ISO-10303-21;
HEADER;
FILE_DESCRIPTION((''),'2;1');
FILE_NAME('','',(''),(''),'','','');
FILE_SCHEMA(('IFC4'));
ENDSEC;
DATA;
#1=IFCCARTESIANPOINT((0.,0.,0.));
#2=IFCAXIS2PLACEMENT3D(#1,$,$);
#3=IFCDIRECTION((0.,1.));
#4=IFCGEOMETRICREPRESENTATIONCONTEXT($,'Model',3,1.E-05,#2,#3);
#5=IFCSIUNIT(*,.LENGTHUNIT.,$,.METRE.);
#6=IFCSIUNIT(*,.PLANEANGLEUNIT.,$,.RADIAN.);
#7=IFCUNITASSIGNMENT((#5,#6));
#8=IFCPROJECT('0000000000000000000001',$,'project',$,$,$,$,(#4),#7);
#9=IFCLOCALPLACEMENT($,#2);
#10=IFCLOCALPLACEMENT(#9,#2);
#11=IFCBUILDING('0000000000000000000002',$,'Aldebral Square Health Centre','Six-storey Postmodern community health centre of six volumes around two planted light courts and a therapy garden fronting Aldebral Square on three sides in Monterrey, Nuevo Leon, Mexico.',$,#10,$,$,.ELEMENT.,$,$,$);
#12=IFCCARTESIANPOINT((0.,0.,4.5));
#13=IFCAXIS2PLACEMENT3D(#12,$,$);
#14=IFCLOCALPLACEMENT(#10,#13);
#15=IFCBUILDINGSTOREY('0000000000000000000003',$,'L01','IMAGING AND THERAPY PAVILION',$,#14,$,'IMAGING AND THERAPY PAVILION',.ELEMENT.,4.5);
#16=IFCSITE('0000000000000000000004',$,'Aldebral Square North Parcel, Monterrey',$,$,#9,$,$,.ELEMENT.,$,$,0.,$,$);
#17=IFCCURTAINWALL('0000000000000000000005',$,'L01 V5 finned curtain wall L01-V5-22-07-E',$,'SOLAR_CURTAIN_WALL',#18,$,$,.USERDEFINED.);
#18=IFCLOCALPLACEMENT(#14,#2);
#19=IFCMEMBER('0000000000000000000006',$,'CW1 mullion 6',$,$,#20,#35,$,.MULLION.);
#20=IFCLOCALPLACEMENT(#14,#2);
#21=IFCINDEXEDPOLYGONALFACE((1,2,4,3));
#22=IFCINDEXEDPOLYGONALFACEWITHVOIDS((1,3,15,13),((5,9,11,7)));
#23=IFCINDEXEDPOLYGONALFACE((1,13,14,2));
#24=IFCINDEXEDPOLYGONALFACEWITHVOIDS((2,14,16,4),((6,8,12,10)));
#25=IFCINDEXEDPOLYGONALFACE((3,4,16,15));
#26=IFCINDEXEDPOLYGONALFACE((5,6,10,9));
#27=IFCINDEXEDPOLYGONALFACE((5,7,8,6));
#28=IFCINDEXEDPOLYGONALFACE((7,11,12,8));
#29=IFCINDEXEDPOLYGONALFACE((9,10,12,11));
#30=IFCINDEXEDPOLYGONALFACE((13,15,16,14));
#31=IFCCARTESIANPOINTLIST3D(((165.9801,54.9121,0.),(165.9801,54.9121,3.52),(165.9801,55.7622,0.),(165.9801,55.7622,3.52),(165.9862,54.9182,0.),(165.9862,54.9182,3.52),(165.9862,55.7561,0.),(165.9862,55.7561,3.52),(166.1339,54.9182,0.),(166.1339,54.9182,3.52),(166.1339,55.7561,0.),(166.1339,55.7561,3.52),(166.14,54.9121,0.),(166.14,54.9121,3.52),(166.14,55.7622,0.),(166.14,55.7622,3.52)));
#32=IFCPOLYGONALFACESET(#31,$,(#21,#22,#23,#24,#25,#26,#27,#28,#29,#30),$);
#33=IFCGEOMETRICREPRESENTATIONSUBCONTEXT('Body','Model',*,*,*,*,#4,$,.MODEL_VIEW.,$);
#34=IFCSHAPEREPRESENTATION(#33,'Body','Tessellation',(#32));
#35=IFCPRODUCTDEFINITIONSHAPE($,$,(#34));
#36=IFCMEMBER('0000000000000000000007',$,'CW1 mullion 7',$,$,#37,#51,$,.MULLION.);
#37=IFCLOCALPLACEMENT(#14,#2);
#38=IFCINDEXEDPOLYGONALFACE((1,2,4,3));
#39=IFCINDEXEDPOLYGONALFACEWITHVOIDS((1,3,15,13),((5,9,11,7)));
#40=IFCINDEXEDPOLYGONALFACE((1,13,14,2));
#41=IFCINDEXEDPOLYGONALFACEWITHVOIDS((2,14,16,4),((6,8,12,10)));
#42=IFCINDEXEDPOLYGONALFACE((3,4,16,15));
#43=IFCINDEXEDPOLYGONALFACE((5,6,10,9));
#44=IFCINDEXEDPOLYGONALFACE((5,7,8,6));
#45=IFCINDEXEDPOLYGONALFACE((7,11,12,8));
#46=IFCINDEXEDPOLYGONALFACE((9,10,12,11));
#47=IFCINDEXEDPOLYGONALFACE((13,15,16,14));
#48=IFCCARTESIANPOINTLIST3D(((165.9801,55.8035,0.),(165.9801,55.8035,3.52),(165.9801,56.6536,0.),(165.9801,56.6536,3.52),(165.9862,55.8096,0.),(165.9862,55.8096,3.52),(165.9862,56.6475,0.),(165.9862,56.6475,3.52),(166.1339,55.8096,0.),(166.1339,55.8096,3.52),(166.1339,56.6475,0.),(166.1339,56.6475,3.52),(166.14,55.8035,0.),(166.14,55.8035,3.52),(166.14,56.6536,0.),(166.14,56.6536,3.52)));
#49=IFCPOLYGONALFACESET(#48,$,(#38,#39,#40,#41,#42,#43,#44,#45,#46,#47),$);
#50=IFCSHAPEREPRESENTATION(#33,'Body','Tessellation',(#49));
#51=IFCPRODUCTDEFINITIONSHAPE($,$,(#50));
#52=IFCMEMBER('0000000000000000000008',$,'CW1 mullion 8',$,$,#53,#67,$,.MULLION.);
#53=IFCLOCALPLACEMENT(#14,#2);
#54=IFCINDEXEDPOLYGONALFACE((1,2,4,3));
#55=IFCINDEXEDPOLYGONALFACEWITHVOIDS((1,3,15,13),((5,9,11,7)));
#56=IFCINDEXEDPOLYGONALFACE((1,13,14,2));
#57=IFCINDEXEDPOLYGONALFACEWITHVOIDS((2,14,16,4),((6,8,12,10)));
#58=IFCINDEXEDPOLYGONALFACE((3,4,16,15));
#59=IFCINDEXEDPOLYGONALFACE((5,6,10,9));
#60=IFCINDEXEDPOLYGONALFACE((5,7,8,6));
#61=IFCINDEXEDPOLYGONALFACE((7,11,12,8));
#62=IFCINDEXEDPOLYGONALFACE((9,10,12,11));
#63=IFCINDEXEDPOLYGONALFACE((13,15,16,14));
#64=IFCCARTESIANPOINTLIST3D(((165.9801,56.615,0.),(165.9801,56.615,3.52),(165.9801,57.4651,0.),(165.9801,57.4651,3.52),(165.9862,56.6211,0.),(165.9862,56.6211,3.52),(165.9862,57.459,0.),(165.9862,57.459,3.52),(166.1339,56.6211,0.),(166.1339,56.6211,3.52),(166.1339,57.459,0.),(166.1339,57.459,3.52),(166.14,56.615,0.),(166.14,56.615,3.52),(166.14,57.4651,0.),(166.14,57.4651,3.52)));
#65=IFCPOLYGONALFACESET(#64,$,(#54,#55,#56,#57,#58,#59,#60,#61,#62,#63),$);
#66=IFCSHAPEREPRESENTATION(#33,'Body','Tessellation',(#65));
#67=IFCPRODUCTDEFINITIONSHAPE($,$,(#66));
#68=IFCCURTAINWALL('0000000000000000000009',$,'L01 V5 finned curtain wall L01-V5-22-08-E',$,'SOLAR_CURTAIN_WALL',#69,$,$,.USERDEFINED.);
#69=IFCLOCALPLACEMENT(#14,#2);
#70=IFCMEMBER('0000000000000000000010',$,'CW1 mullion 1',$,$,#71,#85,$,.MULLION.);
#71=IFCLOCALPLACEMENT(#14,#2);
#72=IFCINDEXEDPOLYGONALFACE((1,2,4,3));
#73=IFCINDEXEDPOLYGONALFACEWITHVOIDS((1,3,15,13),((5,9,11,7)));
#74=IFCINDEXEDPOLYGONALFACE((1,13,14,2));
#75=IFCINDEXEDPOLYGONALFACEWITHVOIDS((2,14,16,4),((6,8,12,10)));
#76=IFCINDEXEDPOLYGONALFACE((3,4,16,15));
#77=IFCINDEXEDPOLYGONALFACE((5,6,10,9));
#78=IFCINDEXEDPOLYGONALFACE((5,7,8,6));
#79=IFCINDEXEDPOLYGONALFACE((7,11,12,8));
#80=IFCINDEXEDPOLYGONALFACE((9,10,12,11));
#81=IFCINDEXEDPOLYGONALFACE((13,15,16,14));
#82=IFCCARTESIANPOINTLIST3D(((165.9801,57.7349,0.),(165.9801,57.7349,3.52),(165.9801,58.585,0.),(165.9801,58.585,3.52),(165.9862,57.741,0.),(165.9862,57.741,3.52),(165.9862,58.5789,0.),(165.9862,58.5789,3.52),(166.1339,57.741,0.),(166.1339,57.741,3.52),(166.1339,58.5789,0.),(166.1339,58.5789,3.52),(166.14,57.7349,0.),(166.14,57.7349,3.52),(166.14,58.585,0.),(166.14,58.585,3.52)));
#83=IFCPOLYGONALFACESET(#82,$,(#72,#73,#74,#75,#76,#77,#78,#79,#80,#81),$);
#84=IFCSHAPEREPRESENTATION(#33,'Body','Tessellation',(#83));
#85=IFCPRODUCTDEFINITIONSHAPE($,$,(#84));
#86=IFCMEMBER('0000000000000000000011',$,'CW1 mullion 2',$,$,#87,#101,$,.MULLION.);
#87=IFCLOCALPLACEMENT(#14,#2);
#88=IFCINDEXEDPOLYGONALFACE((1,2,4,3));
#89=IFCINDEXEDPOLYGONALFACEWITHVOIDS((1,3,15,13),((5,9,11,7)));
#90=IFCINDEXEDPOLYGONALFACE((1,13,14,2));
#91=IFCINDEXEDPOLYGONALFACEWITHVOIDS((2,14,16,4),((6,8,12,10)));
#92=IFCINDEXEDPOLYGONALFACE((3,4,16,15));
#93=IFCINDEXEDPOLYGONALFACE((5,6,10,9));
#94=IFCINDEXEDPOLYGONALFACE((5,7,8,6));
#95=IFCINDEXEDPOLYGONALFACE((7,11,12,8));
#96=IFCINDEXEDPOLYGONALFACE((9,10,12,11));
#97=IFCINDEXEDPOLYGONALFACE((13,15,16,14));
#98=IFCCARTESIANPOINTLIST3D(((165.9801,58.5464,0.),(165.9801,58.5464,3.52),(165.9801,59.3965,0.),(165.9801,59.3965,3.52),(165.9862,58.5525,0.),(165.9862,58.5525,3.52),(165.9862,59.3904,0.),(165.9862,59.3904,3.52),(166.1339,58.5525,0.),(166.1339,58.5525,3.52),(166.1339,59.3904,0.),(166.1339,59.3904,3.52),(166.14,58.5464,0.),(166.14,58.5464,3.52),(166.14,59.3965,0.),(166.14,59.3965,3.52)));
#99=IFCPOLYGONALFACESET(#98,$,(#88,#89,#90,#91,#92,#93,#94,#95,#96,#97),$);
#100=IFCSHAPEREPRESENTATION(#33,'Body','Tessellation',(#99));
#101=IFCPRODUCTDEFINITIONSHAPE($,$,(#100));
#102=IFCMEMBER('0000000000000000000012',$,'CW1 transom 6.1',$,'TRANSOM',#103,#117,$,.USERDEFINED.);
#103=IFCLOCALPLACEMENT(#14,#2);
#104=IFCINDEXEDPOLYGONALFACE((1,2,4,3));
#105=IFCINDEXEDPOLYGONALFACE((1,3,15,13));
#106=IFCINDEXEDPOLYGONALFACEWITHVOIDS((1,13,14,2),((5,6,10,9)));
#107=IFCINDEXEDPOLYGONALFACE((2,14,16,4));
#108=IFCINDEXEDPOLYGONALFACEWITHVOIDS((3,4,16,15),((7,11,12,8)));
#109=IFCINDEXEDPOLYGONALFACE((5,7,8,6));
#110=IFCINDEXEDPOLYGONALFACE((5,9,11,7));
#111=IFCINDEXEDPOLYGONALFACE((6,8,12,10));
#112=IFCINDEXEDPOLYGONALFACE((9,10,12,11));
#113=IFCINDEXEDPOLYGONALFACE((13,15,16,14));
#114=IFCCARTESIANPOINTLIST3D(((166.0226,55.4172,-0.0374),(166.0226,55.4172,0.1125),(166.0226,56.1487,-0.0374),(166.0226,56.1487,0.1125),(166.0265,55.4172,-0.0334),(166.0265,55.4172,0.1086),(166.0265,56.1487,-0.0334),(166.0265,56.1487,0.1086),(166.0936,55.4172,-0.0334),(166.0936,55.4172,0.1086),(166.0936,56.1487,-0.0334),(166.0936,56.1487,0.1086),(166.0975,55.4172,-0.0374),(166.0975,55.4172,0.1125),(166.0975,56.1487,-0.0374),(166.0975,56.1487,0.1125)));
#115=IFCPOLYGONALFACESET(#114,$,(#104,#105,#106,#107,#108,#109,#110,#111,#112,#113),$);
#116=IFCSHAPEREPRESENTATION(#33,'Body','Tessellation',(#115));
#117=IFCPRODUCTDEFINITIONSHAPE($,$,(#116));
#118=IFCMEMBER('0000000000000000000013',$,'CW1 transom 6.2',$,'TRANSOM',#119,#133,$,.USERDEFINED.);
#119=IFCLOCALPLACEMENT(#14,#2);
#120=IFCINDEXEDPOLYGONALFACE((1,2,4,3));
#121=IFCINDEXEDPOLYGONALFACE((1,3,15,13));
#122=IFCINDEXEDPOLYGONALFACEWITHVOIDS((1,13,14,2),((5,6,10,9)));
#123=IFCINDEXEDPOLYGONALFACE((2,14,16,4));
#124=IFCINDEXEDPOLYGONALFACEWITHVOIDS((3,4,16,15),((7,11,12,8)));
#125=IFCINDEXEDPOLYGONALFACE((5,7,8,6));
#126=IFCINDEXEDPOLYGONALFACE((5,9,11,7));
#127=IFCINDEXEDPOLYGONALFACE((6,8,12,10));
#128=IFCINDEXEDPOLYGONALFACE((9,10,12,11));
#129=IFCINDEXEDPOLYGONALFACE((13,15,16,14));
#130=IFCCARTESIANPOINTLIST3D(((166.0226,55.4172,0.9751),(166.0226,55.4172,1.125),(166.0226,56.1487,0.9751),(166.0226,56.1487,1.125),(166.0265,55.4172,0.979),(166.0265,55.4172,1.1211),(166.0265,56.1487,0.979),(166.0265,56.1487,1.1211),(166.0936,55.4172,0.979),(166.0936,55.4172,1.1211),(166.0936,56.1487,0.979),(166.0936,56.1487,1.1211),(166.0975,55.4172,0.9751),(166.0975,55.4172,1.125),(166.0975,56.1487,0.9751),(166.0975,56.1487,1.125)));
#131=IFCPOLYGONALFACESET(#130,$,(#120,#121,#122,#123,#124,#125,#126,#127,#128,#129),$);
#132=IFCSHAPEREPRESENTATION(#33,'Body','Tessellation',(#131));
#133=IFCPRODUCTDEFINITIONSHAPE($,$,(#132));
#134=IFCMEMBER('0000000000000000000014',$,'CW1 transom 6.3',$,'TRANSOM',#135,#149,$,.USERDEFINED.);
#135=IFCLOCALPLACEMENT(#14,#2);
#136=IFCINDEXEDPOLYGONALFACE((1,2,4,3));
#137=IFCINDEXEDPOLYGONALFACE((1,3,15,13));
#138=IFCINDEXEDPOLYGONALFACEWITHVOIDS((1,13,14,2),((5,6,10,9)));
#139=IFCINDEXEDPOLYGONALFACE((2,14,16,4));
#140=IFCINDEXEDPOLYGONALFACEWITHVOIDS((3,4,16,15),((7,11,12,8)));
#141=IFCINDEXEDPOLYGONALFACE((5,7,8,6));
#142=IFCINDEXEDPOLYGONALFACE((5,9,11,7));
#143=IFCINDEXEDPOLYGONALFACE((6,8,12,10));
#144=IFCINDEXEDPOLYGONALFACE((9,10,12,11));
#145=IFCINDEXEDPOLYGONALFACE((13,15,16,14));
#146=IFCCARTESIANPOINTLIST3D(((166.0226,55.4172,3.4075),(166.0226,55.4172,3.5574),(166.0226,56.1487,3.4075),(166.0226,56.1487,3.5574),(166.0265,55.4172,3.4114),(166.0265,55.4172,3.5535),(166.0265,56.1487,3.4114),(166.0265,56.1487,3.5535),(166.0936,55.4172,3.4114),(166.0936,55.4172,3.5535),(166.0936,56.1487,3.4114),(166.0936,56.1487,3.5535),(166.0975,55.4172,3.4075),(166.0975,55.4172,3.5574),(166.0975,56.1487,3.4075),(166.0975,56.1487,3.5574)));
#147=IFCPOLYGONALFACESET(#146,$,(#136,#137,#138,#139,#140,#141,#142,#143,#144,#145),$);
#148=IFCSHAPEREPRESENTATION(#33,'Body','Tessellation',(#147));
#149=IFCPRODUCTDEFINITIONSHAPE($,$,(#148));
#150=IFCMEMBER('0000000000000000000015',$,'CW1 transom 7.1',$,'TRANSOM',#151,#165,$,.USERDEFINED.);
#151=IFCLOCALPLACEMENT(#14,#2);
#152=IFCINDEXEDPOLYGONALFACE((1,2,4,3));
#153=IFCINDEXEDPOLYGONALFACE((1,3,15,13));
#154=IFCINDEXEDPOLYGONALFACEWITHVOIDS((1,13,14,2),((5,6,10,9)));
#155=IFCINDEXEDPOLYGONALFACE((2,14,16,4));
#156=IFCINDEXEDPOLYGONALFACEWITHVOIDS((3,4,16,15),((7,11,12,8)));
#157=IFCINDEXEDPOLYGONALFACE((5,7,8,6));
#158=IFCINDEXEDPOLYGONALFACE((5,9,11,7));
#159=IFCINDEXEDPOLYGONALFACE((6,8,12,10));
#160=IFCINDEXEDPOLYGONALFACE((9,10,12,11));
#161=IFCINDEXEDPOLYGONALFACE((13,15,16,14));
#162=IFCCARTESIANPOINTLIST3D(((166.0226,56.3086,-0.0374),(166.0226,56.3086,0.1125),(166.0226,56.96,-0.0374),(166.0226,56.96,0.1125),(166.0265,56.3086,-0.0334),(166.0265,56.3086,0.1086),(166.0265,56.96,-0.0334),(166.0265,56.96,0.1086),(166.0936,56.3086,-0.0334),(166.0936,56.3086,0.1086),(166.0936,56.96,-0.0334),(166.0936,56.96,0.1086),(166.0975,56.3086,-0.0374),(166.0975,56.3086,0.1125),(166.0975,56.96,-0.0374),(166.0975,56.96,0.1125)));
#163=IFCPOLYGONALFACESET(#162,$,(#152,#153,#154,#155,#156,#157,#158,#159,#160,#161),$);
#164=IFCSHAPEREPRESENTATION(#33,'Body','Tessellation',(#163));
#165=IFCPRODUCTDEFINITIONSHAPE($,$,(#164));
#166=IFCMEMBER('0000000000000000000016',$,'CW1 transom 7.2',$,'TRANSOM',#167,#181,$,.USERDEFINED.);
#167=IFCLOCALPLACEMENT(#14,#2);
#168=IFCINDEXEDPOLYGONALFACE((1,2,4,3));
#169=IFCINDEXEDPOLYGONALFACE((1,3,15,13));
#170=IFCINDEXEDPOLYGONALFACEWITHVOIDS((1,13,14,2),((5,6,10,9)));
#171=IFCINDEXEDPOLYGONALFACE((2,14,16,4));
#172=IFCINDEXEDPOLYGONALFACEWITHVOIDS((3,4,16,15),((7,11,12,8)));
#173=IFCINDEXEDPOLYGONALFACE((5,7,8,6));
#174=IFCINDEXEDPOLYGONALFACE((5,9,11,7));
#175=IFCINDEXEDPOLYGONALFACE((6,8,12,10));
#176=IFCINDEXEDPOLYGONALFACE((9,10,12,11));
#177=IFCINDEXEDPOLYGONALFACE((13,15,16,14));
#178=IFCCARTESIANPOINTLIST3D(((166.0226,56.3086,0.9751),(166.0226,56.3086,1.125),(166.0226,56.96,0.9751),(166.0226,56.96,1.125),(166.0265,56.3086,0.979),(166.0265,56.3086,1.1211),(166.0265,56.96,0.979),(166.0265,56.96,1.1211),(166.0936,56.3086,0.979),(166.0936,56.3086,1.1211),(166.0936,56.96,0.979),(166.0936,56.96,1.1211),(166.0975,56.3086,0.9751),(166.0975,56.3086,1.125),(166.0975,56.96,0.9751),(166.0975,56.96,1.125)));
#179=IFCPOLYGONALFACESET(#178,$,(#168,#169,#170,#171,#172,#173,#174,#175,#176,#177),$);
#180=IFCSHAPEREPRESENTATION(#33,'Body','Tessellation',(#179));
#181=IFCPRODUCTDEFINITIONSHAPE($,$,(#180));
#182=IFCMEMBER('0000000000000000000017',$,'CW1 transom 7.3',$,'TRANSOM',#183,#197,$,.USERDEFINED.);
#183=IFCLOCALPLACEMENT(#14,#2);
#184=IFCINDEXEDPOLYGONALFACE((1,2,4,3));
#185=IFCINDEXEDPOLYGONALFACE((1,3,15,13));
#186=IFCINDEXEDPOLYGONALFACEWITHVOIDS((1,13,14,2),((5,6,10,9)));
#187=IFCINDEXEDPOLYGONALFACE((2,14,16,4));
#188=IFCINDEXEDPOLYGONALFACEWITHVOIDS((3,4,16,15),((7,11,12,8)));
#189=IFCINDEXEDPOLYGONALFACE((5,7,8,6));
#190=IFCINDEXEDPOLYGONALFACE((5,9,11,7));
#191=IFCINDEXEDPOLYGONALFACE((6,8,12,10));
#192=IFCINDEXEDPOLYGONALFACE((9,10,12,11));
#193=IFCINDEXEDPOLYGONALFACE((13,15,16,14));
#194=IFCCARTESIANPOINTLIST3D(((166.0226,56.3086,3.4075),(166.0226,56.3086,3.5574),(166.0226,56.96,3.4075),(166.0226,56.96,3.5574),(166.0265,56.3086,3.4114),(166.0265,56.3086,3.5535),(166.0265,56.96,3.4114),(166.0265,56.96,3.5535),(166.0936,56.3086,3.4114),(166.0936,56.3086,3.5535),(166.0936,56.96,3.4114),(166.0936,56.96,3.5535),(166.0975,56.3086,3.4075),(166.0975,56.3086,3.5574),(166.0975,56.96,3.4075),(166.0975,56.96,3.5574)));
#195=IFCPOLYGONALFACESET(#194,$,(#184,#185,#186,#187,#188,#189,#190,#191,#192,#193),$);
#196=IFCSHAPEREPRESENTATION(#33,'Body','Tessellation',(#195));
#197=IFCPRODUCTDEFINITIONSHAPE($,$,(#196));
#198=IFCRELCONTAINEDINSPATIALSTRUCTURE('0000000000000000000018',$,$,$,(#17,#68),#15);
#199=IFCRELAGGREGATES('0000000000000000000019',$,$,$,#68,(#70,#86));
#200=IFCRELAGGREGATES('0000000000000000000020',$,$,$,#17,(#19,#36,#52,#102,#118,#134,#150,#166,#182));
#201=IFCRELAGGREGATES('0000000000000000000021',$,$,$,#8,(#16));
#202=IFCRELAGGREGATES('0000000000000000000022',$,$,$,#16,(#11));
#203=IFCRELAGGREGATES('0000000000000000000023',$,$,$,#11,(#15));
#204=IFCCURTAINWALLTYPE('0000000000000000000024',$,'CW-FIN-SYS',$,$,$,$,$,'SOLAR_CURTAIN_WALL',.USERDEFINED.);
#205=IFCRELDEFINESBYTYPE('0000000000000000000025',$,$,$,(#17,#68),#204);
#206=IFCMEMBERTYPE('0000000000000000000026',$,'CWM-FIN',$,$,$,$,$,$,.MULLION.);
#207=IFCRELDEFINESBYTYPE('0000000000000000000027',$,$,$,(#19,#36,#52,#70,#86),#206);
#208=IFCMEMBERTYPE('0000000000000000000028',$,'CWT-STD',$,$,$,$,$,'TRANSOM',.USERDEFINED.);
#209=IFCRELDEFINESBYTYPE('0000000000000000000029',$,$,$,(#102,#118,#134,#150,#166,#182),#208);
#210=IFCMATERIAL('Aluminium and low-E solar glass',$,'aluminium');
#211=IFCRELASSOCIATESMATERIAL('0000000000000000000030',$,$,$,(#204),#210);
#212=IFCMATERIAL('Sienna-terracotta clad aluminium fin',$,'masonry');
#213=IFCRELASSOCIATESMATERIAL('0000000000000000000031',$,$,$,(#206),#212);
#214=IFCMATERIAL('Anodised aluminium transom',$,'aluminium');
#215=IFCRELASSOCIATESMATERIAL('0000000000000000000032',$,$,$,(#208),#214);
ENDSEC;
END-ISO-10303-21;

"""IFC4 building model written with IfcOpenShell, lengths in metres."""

from ifc_helpers import new_model, si_unit, direction, frame, origin, origin_2d, place, context, subcontext, project, spatial, hollow_rectangle, extrude, material, material_profile, profile_set, type_object, element, aggregate, save


model = new_model("IFC4")

# Units and contexts
model_context = context("Model", 3, precision=1e-05, world=origin(), true_north=direction((0.0, 1.0)))
body_context = subcontext(model_context, "Body", "Model", "MODEL_VIEW")
ifc_project = project(units=[si_unit("LENGTHUNIT", "METRE"), si_unit("PLANEANGLEUNIT", "RADIAN")], contexts=[model_context])

# Site, building, storey
site_placement = place(None, origin())
site = spatial("IfcSite", under=ifc_project, at=site_placement, Name="Aldebral Square North Parcel, Monterrey", CompositionType="ELEMENT", RefElevation=0.0)
building_placement = place(site_placement, origin())
building = spatial("IfcBuilding", under=site, at=building_placement, Name="Aldebral Square Health Centre", Description="Six-storey Postmodern community health centre of six volumes around two planted light courts and a therapy garden fronting Aldebral Square on three sides in Monterrey, Nuevo Leon, Mexico.", CompositionType="ELEMENT")
storey_placement = place(building_placement, frame((0.0, 0.0, 4.5)))
storey = spatial("IfcBuildingStorey", under=building, at=storey_placement, Name="L01", Description="IMAGING AND THERAPY PAVILION", LongName="IMAGING AND THERAPY PAVILION", CompositionType="ELEMENT", Elevation=4.5)

# Curtain walls, members
ifc_material_1 = material(Name="Aluminium and low-E solar glass", Category="aluminium")
curtain_wall_type = type_object("IfcCurtainWallType", Name="CW-FIN-SYS", ElementType="SOLAR_CURTAIN_WALL", PredefinedType="USERDEFINED", material=ifc_material_1)
curtain_wall_1_placement = place(storey_placement, origin())
curtain_wall_1 = element("IfcCurtainWall", 1, at=curtain_wall_1_placement, inside=storey, type_object=curtain_wall_type, Name="L01 V5 finned curtain wall L01-V5-22-07-E", ObjectType="SOLAR_CURTAIN_WALL", PredefinedType="USERDEFINED")
ifc_material_2 = material(Name="Sienna-terracotta clad aluminium fin", Category="masonry")
ifc_material_profile_1 = material_profile(ifc_material_2, hollow_rectangle(XDim=0.1599, YDim=0.8501, WallThickness=0.0061, at=origin_2d()), Name="FIN 160x850x6")
ifc_profile_set_1 = profile_set([ifc_material_profile_1], Name="Sienna-terracotta clad aluminium fin")
member_type_1 = type_object("IfcMemberType", Name="CWM-FIN", PredefinedType="MULLION", material=ifc_profile_set_1)
member_1_placement = place(storey_placement, frame((166.0601, 55.3372, 0.0), z_axis=(0.0, 0.0, 1.0), x_axis=(-1.0, 0.0, 0.0)))
member_1 = element("IfcMember", 2, at=member_1_placement, type_object=member_type_1, Name="CW1 mullion 6", PredefinedType="MULLION", context=body_context, shape_type="SweptSolid", body=[
    extrude(hollow_rectangle(XDim=0.1599, YDim=0.8501, WallThickness=0.0061, at=origin_2d()), origin(), (0.0, 0.0, 1.0), 3.52),
])
member_2_placement = place(storey_placement, frame((166.0601, 56.2285, 0.0), z_axis=(0.0, 0.0, 1.0), x_axis=(-1.0, 0.0, 0.0)))
member_2 = element("IfcMember", 3, at=member_2_placement, type_object=member_type_1, Name="CW1 mullion 7", PredefinedType="MULLION", context=body_context, shape_type="SweptSolid", body=[
    extrude(hollow_rectangle(XDim=0.1599, YDim=0.8501, WallThickness=0.0061, at=origin_2d()), origin(), (0.0, 0.0, 1.0), 3.52),
])
member_3_placement = place(storey_placement, frame((166.0601, 57.04, 0.0), z_axis=(0.0, 0.0, 1.0), x_axis=(-1.0, 0.0, 0.0)))
member_3 = element("IfcMember", 4, at=member_3_placement, type_object=member_type_1, Name="CW1 mullion 8", PredefinedType="MULLION", context=body_context, shape_type="SweptSolid", body=[
    extrude(hollow_rectangle(XDim=0.1599, YDim=0.8501, WallThickness=0.0061, at=origin_2d()), origin(), (0.0, 0.0, 1.0), 3.52),
])
curtain_wall_2_placement = place(storey_placement, origin())
curtain_wall_2 = element("IfcCurtainWall", 5, at=curtain_wall_2_placement, inside=storey, type_object=curtain_wall_type, Name="L01 V5 finned curtain wall L01-V5-22-08-E", ObjectType="SOLAR_CURTAIN_WALL", PredefinedType="USERDEFINED")
member_4_placement = place(storey_placement, frame((166.0601, 58.1599, 0.0), z_axis=(0.0, 0.0, 1.0), x_axis=(-1.0, 0.0, 0.0)))
member_4 = element("IfcMember", 6, at=member_4_placement, type_object=member_type_1, Name="CW1 mullion 1", PredefinedType="MULLION", context=body_context, shape_type="SweptSolid", body=[
    extrude(hollow_rectangle(XDim=0.1599, YDim=0.8501, WallThickness=0.0061, at=origin_2d()), origin(), (0.0, 0.0, 1.0), 3.52),
])
member_5_placement = place(storey_placement, frame((166.0601, 58.9714, 0.0), z_axis=(0.0, 0.0, 1.0), x_axis=(-1.0, 0.0, 0.0)))
member_5 = element("IfcMember", 7, at=member_5_placement, type_object=member_type_1, Name="CW1 mullion 2", PredefinedType="MULLION", context=body_context, shape_type="SweptSolid", body=[
    extrude(hollow_rectangle(XDim=0.1599, YDim=0.8501, WallThickness=0.0061, at=origin_2d()), origin(), (0.0, 0.0, 1.0), 3.52),
])

# Members
ifc_material_3 = material(Name="Anodised aluminium transom", Category="aluminium")
ifc_material_profile_2 = material_profile(ifc_material_3, hollow_rectangle(XDim=0.075, YDim=0.1499, WallThickness=0.0039, at=origin_2d()), Name="CWT 75x150x4")
ifc_profile_set_2 = profile_set([ifc_material_profile_2], Name="Anodised aluminium transom")
member_type_2 = type_object("IfcMemberType", Name="CWT-STD", ElementType="TRANSOM", PredefinedType="USERDEFINED", material=ifc_profile_set_2)
member_6_placement = place(storey_placement, frame((166.0601, 55.4172, 0.0376), z_axis=(0.0, 1.0, 0.0), x_axis=(-1.0, 0.0, 0.0)))
member_6 = element("IfcMember", 8, at=member_6_placement, type_object=member_type_2, Name="CW1 transom 6.1", ObjectType="TRANSOM", PredefinedType="USERDEFINED", context=body_context, shape_type="SweptSolid", body=[
    extrude(hollow_rectangle(XDim=0.075, YDim=0.1499, WallThickness=0.0039, at=origin_2d()), origin(), (0.0, 0.0, 1.0), 0.7314),
])
member_7_placement = place(storey_placement, frame((166.0601, 55.4172, 1.05), z_axis=(0.0, 1.0, 0.0), x_axis=(-1.0, 0.0, 0.0)))
member_7 = element("IfcMember", 9, at=member_7_placement, type_object=member_type_2, Name="CW1 transom 6.2", ObjectType="TRANSOM", PredefinedType="USERDEFINED", context=body_context, shape_type="SweptSolid", body=[
    extrude(hollow_rectangle(XDim=0.075, YDim=0.1499, WallThickness=0.0039, at=origin_2d()), origin(), (0.0, 0.0, 1.0), 0.7314),
])
member_8_placement = place(storey_placement, frame((166.0601, 55.4172, 3.4824), z_axis=(0.0, 1.0, 0.0), x_axis=(-1.0, 0.0, 0.0)))
member_8 = element("IfcMember", 10, at=member_8_placement, type_object=member_type_2, Name="CW1 transom 6.3", ObjectType="TRANSOM", PredefinedType="USERDEFINED", context=body_context, shape_type="SweptSolid", body=[
    extrude(hollow_rectangle(XDim=0.075, YDim=0.1499, WallThickness=0.0039, at=origin_2d()), origin(), (0.0, 0.0, 1.0), 0.7314),
])
member_9_placement = place(storey_placement, frame((166.0601, 56.3086, 0.0376), z_axis=(0.0, 1.0, 0.0), x_axis=(-1.0, 0.0, 0.0)))
member_9 = element("IfcMember", 11, at=member_9_placement, type_object=member_type_2, Name="CW1 transom 7.1", ObjectType="TRANSOM", PredefinedType="USERDEFINED", context=body_context, shape_type="SweptSolid", body=[
    extrude(hollow_rectangle(XDim=0.075, YDim=0.1499, WallThickness=0.0039, at=origin_2d()), origin(), (0.0, 0.0, 1.0), 0.6514),
])
member_10_placement = place(storey_placement, frame((166.0601, 56.3086, 1.05), z_axis=(0.0, 1.0, 0.0), x_axis=(-1.0, 0.0, 0.0)))
member_10 = element("IfcMember", 12, at=member_10_placement, type_object=member_type_2, Name="CW1 transom 7.2", ObjectType="TRANSOM", PredefinedType="USERDEFINED", context=body_context, shape_type="SweptSolid", body=[
    extrude(hollow_rectangle(XDim=0.075, YDim=0.1499, WallThickness=0.0039, at=origin_2d()), origin(), (0.0, 0.0, 1.0), 0.6514),
])
member_11_placement = place(storey_placement, frame((166.0601, 56.3086, 3.4824), z_axis=(0.0, 1.0, 0.0), x_axis=(-1.0, 0.0, 0.0)))
member_11 = element("IfcMember", 13, at=member_11_placement, type_object=member_type_2, Name="CW1 transom 7.3", ObjectType="TRANSOM", PredefinedType="USERDEFINED", context=body_context, shape_type="SweptSolid", body=[
    extrude(hollow_rectangle(XDim=0.075, YDim=0.1499, WallThickness=0.0039, at=origin_2d()), origin(), (0.0, 0.0, 1.0), 0.6514),
])

aggregate(curtain_wall_2, [member_4, member_5])
aggregate(curtain_wall_1, [member_1, member_2, member_3, member_6, member_7, member_8, member_9, member_10, member_11])

save(model, "model.ifc")
